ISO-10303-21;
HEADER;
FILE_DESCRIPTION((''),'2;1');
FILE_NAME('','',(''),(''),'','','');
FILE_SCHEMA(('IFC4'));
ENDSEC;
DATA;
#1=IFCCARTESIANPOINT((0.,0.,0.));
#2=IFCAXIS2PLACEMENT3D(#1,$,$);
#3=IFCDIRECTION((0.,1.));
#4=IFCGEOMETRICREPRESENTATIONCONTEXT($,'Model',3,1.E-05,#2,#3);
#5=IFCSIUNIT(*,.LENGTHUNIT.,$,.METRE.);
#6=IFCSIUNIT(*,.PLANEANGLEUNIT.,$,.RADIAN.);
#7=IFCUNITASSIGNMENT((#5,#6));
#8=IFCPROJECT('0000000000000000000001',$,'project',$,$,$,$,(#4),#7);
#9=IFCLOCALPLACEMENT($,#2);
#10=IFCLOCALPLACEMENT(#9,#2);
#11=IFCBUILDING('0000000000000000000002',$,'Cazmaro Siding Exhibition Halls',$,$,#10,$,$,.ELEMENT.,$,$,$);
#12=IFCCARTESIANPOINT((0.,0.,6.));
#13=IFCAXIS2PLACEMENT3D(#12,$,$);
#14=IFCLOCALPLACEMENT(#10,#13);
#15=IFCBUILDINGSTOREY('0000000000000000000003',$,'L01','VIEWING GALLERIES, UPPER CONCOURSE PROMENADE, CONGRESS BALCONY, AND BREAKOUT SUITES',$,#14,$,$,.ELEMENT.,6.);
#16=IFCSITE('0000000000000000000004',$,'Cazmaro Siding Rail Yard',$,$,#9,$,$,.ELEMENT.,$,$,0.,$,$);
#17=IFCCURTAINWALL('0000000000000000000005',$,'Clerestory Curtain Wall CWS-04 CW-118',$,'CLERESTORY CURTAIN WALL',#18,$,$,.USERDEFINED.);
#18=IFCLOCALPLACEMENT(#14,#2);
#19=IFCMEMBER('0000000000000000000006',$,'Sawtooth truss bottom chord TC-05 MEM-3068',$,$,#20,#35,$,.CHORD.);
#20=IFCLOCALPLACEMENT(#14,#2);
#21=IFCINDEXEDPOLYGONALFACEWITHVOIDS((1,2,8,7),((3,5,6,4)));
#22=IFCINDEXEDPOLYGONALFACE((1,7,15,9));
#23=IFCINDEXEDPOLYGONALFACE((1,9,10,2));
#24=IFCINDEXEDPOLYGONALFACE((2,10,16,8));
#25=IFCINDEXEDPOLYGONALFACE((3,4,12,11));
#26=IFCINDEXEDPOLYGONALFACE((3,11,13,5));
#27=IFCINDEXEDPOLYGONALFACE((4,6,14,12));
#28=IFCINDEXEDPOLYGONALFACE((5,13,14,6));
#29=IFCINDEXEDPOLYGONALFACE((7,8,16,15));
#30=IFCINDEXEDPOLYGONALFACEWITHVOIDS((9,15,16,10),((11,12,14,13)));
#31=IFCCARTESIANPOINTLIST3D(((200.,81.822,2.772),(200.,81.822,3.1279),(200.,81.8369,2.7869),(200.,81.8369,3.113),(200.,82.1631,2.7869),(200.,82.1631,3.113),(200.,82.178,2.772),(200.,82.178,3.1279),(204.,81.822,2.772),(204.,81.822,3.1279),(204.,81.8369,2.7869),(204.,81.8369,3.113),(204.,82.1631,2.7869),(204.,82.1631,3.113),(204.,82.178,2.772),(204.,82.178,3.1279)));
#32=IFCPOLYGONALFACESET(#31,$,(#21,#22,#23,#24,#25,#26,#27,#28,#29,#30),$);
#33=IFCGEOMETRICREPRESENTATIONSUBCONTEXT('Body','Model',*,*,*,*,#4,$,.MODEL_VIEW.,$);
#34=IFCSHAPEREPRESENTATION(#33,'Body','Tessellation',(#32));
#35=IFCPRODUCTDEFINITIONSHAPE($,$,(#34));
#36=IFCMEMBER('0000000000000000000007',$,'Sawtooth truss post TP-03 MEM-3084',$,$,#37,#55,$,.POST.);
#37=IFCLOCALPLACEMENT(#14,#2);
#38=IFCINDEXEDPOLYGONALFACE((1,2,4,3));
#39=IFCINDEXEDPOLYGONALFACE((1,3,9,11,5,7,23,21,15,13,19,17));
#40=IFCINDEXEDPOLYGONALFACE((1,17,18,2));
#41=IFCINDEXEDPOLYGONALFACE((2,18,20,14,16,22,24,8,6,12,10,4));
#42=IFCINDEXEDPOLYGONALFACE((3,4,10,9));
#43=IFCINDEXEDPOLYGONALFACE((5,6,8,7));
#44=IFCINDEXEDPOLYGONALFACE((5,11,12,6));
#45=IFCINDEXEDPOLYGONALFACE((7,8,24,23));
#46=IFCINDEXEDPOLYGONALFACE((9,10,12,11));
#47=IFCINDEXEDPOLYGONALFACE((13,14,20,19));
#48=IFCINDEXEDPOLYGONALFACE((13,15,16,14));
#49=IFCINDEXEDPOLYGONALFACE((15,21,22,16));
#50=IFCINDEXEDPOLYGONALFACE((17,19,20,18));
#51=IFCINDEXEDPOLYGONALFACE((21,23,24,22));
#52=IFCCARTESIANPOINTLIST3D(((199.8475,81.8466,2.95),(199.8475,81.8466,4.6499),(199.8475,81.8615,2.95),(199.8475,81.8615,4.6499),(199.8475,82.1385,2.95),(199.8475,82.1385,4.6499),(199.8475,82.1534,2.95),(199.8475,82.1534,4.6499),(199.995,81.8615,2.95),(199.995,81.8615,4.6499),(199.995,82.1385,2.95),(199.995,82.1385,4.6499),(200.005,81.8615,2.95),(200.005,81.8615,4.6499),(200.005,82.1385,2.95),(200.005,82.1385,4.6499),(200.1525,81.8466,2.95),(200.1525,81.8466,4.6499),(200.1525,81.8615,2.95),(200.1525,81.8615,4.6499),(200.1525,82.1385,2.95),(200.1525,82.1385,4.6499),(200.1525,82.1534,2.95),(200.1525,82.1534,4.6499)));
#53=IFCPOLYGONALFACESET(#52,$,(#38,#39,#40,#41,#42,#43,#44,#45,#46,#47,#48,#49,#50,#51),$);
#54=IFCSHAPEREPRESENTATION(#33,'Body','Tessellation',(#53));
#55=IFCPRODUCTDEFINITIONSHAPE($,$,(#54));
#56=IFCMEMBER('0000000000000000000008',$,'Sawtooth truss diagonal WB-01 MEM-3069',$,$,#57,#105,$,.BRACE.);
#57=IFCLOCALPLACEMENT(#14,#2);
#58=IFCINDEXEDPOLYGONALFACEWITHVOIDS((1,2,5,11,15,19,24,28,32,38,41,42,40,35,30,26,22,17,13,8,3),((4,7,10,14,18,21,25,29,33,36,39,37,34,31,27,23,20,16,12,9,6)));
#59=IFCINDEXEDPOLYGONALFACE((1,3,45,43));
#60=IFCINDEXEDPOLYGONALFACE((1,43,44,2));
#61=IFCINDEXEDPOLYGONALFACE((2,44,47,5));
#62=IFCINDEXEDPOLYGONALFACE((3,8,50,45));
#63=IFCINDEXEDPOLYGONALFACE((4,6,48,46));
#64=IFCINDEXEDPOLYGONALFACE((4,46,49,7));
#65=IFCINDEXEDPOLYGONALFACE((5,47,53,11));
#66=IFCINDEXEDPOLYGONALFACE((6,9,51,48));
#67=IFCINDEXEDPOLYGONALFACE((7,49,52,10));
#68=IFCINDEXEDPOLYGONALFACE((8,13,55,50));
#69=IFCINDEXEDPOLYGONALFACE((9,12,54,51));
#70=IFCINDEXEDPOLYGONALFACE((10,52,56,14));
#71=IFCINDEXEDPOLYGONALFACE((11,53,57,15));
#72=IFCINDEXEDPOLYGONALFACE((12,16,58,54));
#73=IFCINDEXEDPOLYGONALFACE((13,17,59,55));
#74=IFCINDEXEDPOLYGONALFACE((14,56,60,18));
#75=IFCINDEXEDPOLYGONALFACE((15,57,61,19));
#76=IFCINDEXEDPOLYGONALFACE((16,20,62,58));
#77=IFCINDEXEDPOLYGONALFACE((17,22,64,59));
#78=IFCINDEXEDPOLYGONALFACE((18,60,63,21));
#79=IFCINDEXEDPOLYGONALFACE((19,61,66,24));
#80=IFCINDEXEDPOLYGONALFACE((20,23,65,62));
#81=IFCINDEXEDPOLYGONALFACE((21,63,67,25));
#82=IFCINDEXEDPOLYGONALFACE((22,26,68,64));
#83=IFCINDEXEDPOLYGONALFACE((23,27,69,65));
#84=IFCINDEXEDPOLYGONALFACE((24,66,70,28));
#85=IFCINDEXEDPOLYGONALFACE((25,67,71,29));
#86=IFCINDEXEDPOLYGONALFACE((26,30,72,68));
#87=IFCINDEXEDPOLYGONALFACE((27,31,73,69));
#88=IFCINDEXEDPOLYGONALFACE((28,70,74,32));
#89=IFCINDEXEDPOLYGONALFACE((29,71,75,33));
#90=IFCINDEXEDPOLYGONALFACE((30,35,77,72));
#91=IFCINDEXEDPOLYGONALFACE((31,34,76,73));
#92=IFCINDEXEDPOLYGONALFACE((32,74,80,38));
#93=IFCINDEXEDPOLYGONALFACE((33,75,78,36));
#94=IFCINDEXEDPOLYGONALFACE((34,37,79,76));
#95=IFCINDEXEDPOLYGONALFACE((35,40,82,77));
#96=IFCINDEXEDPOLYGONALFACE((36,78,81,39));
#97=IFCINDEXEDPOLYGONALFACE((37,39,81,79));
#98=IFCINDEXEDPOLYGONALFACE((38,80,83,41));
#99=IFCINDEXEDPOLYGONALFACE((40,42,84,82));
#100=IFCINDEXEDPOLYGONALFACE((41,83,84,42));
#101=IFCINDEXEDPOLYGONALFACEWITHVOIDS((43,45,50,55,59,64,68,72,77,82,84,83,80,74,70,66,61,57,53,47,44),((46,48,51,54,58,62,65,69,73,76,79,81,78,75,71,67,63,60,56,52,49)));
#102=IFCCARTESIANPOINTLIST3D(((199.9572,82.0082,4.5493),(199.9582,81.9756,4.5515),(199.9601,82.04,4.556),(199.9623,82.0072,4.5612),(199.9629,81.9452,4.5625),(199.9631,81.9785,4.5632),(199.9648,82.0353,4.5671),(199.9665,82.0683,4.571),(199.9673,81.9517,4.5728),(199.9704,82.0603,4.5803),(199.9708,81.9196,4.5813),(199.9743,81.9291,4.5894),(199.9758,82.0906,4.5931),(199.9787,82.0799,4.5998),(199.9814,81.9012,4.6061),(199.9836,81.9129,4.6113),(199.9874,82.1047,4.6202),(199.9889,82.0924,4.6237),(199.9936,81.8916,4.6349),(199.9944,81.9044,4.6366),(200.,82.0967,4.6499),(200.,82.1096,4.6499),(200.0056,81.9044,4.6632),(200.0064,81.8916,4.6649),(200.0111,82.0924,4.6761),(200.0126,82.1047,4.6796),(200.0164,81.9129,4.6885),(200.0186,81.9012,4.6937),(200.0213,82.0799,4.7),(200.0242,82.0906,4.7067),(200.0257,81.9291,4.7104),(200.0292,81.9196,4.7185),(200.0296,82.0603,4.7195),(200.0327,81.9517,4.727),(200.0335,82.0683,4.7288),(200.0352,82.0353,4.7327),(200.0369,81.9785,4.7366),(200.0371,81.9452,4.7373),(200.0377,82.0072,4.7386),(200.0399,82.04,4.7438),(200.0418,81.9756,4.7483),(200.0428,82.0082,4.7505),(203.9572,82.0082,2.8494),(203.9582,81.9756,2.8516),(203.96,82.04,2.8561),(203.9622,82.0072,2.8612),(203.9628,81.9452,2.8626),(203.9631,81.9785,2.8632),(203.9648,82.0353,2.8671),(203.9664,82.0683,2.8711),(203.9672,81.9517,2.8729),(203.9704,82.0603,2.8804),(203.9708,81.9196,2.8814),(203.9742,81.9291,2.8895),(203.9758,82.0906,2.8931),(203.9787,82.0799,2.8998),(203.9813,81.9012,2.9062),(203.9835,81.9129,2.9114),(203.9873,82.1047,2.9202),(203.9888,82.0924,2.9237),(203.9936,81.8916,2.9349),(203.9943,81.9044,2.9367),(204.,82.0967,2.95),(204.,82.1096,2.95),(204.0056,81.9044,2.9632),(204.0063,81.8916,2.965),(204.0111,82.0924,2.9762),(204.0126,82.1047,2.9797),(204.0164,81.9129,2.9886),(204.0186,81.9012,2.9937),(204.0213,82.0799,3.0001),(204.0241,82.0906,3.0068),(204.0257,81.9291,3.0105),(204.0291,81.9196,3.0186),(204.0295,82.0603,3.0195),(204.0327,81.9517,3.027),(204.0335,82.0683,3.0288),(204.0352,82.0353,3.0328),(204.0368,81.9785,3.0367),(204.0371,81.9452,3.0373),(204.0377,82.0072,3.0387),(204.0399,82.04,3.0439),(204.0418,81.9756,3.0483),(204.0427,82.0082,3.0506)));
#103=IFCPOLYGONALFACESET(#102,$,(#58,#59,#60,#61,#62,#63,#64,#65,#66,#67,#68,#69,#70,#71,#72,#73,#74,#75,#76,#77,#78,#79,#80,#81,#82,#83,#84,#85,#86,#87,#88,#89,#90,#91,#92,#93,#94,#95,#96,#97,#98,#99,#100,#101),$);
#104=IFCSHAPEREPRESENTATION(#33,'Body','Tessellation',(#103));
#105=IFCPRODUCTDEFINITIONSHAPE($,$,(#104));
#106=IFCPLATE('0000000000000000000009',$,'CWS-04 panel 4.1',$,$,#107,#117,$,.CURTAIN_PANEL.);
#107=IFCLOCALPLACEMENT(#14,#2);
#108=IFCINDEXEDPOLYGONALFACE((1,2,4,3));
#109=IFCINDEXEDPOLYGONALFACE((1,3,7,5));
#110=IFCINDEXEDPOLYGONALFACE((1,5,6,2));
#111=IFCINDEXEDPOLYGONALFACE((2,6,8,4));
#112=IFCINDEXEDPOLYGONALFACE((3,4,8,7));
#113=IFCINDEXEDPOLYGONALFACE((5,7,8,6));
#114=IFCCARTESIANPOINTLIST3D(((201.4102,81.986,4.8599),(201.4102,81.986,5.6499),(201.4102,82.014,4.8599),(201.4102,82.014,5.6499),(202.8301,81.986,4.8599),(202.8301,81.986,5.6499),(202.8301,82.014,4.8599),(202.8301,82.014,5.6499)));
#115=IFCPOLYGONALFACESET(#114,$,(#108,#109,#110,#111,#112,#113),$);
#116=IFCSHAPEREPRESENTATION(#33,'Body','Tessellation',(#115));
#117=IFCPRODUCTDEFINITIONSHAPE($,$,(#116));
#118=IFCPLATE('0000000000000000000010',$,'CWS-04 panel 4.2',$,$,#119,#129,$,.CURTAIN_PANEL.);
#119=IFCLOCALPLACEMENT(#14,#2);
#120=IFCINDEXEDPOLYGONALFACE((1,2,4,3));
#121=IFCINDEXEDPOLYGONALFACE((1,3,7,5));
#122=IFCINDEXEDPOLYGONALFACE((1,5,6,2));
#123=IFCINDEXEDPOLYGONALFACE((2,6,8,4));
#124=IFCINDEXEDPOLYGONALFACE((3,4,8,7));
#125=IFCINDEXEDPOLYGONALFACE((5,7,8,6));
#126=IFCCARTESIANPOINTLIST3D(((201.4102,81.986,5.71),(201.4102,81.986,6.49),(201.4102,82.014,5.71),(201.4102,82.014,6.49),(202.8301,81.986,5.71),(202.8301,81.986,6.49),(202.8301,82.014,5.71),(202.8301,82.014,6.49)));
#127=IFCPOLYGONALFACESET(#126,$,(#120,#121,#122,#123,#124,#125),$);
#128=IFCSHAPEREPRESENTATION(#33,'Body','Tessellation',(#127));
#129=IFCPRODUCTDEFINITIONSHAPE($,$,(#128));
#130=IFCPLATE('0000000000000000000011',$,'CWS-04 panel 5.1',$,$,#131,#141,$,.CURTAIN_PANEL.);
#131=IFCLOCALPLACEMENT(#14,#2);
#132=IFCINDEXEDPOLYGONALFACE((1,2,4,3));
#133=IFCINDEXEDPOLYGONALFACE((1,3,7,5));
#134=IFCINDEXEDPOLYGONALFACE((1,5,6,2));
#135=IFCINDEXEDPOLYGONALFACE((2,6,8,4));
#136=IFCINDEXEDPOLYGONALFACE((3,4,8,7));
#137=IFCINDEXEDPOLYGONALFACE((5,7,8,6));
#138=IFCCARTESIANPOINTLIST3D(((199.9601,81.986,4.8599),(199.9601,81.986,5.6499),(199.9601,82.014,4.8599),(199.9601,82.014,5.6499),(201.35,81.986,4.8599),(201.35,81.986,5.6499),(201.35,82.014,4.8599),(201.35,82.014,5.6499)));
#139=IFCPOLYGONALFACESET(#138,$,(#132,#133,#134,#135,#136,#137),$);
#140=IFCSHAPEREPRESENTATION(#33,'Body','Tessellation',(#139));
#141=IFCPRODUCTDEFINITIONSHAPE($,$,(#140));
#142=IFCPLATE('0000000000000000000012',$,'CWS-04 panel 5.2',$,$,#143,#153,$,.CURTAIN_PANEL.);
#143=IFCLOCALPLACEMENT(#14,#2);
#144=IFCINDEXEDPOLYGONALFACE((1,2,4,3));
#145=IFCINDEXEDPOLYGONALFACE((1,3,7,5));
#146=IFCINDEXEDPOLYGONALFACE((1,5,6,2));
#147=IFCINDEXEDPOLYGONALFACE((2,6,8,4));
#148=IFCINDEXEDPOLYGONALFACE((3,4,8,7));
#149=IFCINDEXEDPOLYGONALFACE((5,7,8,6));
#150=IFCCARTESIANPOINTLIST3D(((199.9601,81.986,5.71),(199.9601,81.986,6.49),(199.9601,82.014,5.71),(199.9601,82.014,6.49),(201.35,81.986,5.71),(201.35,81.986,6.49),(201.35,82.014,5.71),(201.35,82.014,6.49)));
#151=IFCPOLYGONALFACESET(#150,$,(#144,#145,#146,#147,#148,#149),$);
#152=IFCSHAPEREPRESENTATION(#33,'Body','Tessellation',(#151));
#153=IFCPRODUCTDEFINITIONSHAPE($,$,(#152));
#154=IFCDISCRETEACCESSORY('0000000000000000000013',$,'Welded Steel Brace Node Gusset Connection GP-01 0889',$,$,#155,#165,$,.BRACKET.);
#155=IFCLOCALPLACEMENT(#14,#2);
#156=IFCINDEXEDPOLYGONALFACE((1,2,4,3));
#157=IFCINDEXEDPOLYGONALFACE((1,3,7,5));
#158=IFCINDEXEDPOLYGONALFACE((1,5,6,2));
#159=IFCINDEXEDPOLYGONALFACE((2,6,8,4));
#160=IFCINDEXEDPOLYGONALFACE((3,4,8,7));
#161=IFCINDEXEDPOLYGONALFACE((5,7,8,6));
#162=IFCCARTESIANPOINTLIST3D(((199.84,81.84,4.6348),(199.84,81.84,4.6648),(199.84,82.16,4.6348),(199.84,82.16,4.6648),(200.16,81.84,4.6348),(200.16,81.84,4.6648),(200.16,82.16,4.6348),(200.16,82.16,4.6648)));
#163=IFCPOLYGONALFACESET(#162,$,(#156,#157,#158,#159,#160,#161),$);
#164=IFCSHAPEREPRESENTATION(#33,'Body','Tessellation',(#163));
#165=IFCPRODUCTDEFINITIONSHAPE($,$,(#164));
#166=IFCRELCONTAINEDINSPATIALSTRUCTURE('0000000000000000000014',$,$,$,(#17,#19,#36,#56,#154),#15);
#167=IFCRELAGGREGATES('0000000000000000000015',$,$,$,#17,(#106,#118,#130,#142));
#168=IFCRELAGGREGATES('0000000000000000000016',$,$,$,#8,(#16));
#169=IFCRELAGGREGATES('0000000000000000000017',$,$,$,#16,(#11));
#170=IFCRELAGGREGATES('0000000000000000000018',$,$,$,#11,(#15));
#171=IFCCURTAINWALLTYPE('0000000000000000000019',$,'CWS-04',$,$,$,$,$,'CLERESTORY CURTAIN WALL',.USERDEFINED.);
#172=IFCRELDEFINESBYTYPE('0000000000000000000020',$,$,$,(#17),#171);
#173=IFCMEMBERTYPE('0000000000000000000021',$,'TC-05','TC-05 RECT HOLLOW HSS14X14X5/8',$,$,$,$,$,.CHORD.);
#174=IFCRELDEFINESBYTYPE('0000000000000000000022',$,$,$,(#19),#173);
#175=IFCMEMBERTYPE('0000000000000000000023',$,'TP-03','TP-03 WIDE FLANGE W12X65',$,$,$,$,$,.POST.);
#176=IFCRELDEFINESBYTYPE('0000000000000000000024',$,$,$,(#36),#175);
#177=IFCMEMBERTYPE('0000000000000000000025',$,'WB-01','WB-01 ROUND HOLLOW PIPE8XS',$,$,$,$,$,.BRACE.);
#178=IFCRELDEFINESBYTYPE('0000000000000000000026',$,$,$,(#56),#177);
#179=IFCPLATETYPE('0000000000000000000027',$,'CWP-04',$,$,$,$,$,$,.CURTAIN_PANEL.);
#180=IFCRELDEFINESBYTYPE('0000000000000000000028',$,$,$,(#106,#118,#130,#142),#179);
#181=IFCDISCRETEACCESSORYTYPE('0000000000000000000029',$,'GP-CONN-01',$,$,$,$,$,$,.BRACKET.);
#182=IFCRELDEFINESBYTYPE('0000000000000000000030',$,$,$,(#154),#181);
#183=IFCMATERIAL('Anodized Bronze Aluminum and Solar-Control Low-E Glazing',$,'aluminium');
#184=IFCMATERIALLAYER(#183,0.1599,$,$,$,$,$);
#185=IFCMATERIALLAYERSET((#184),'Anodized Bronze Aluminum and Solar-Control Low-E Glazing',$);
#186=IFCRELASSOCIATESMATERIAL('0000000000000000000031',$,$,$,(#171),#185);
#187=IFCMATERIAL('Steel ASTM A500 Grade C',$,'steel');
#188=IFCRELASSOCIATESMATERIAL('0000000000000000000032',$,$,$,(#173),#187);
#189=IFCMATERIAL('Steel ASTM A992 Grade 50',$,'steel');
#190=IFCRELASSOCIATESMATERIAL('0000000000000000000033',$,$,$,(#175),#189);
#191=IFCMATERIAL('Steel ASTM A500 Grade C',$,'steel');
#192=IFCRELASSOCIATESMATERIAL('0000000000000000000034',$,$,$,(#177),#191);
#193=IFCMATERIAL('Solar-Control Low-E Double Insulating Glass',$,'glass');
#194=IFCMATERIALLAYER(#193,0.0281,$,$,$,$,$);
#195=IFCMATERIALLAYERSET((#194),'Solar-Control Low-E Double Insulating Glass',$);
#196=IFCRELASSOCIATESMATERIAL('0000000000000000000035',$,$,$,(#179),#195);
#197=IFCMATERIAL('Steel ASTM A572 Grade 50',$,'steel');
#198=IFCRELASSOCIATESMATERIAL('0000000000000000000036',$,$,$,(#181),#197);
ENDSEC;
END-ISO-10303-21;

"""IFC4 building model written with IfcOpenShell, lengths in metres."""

from ifc_helpers import new_model, si_unit, direction, frame, origin, origin_2d, place, context, subcontext, project, spatial, rectangle, hollow_rectangle, hollow_circle, i_section, extrude, material, layer, layer_set, material_profile, profile_set, type_object, element, aggregate, save


model = new_model("IFC4")

# Units and contexts
model_context = context("Model", 3, precision=1e-05, world=origin(), true_north=direction((0.0, 1.0)))
body_context = subcontext(model_context, "Body", "Model", "MODEL_VIEW")
ifc_project = project(units=[si_unit("LENGTHUNIT", "METRE"), si_unit("PLANEANGLEUNIT", "RADIAN")], contexts=[model_context])

# Site, building, storey
site_placement = place(None, origin())
site = spatial("IfcSite", under=ifc_project, at=site_placement, Name="Cazmaro Siding Rail Yard", CompositionType="ELEMENT", RefElevation=0.0)
building_placement = place(site_placement, origin())
building = spatial("IfcBuilding", under=site, at=building_placement, Name="Cazmaro Siding Exhibition Halls", CompositionType="ELEMENT")
storey_placement = place(building_placement, frame((0.0, 0.0, 6.0)))
storey = spatial("IfcBuildingStorey", under=building, at=storey_placement, Name="L01", Description="VIEWING GALLERIES, UPPER CONCOURSE PROMENADE, CONGRESS BALCONY, AND BREAKOUT SUITES", CompositionType="ELEMENT", Elevation=6.0)

# Shared definitions
ifc_material_1 = material(Name="Anodized Bronze Aluminum and Solar-Control Low-E Glazing", Category="aluminium")
ifc_layer_1 = layer(ifc_material_1, 0.1599)
ifc_layer_set_1 = layer_set([ifc_layer_1], Name="Anodized Bronze Aluminum and Solar-Control Low-E Glazing")
curtain_wall_type = type_object("IfcCurtainWallType", Name="CWS-04", ElementType="CLERESTORY CURTAIN WALL", PredefinedType="USERDEFINED", material=ifc_layer_set_1)

# Curtain wall
curtain_wall_1_placement = place(storey_placement, origin())
curtain_wall_1 = element("IfcCurtainWall", 1, at=curtain_wall_1_placement, inside=storey, type_object=curtain_wall_type, Name="Clerestory Curtain Wall CWS-04 CW-118", ObjectType="CLERESTORY CURTAIN WALL", PredefinedType="USERDEFINED")

# Members
ifc_material_2 = material(Name="Steel ASTM A500 Grade C", Category="steel")
ifc_material_profile_1 = material_profile(ifc_material_2, hollow_rectangle(XDim=0.356, YDim=0.356, WallThickness=0.0149, at=origin_2d()), Name="HSS14X14X5/8")
ifc_profile_set_1 = profile_set([ifc_material_profile_1], Name="Steel ASTM A500 Grade C")
member_type_1 = type_object("IfcMemberType", Name="TC-05", Description="TC-05 RECT HOLLOW HSS14X14X5/8", PredefinedType="CHORD", material=ifc_profile_set_1)
member_1_placement = place(storey_placement, frame((200.0, 82.0, 2.95), z_axis=(1.0, 0.0, 0.0), x_axis=(0.0, 1.0, 0.0)))
element("IfcMember", 2, at=member_1_placement, inside=storey, type_object=member_type_1, Name="Sawtooth truss bottom chord TC-05 MEM-3068", PredefinedType="CHORD", context=body_context, shape_type="SweptSolid", body=[
    extrude(hollow_rectangle(XDim=0.356, YDim=0.356, WallThickness=0.0149, at=origin_2d()), origin(), (0.0, 0.0, 1.0), 4.0),
])
ifc_material_3 = material(Name="Steel ASTM A992 Grade 50", Category="steel")
ifc_material_profile_2 = material_profile(ifc_material_3, i_section(OverallWidth=0.3049, OverallDepth=0.3069, WebThickness=0.01, FlangeThickness=0.0149, at=origin_2d()), Name="W12X65")
ifc_profile_set_2 = profile_set([ifc_material_profile_2], Name="Steel ASTM A992 Grade 50")
member_type_2 = type_object("IfcMemberType", Name="TP-03", Description="TP-03 WIDE FLANGE W12X65", PredefinedType="POST", material=ifc_profile_set_2)
member_2_placement = place(storey_placement, frame((200.0, 82.0, 2.95), z_axis=(0.0, 0.0, 1.0), x_axis=(1.0, 0.0, 0.0)))
element("IfcMember", 3, at=member_2_placement, inside=storey, type_object=member_type_2, Name="Sawtooth truss post TP-03 MEM-3084", PredefinedType="POST", context=body_context, shape_type="SweptSolid", body=[
    extrude(i_section(OverallWidth=0.3049, OverallDepth=0.3069, WebThickness=0.01, FlangeThickness=0.0149, at=origin_2d()), origin(), (0.0, 0.0, 1.0), 1.7),
])
ifc_material_4 = material(Name="Steel ASTM A500 Grade C", Category="steel")
ifc_material_profile_3 = material_profile(ifc_material_4, hollow_circle(Radius=0.1096, WallThickness=0.0129, at=origin_2d()), Name="PIPE8XS")
ifc_profile_set_3 = profile_set([ifc_material_profile_3], Name="Steel ASTM A500 Grade C")
member_type_3 = type_object("IfcMemberType", Name="WB-01", Description="WB-01 ROUND HOLLOW PIPE8XS", PredefinedType="BRACE", material=ifc_profile_set_3)
member_3_placement = place(storey_placement, frame((200.0, 82.0, 4.6499), z_axis=(0.920335, 0.0, -0.391131), x_axis=(0.0, 1.0, 0.0)))
element("IfcMember", 4, at=member_3_placement, inside=storey, type_object=member_type_3, Name="Sawtooth truss diagonal WB-01 MEM-3069", PredefinedType="BRACE", context=body_context, shape_type="SweptSolid", body=[
    extrude(hollow_circle(Radius=0.1096, WallThickness=0.0129, at=origin_2d()), origin(), (0.0, 0.0, 1.0), 4.3462),
])

# Plates
ifc_material_5 = material(Name="Solar-Control Low-E Double Insulating Glass", Category="glass")
ifc_layer_2 = layer(ifc_material_5, 0.0281)
ifc_layer_set_2 = layer_set([ifc_layer_2], Name="Solar-Control Low-E Double Insulating Glass")
plate_type = type_object("IfcPlateType", Name="CWP-04", PredefinedType="CURTAIN_PANEL", material=ifc_layer_set_2)
plate_1_placement = place(storey_placement, frame((202.1201, 82.0, 4.8599), z_axis=(0.0, 0.0, 1.0), x_axis=(-1.0, 0.0, 0.0)))
plate_1 = element("IfcPlate", 5, at=plate_1_placement, type_object=plate_type, Name="CWS-04 panel 4.1", PredefinedType="CURTAIN_PANEL", context=body_context, shape_type="SweptSolid", body=[
    extrude(rectangle(XDim=1.4199, YDim=0.0281, at=origin_2d()), origin(), (0.0, 0.0, 1.0), 0.79),
])
plate_2_placement = place(storey_placement, frame((202.1201, 82.0, 5.71), z_axis=(0.0, 0.0, 1.0), x_axis=(-1.0, 0.0, 0.0)))
plate_2 = element("IfcPlate", 6, at=plate_2_placement, type_object=plate_type, Name="CWS-04 panel 4.2", PredefinedType="CURTAIN_PANEL", context=body_context, shape_type="SweptSolid", body=[
    extrude(rectangle(XDim=1.4199, YDim=0.0281, at=origin_2d()), origin(), (0.0, 0.0, 1.0), 0.78),
])
plate_3_placement = place(storey_placement, frame((200.655, 82.0, 4.8599), z_axis=(0.0, 0.0, 1.0), x_axis=(-1.0, 0.0, 0.0)))
plate_3 = element("IfcPlate", 7, at=plate_3_placement, type_object=plate_type, Name="CWS-04 panel 5.1", PredefinedType="CURTAIN_PANEL", context=body_context, shape_type="SweptSolid", body=[
    extrude(rectangle(XDim=1.3899, YDim=0.0281, at=origin_2d()), origin(), (0.0, 0.0, 1.0), 0.79),
])
plate_4_placement = place(storey_placement, frame((200.655, 82.0, 5.71), z_axis=(0.0, 0.0, 1.0), x_axis=(-1.0, 0.0, 0.0)))
plate_4 = element("IfcPlate", 8, at=plate_4_placement, type_object=plate_type, Name="CWS-04 panel 5.2", PredefinedType="CURTAIN_PANEL", context=body_context, shape_type="SweptSolid", body=[
    extrude(rectangle(XDim=1.3899, YDim=0.0281, at=origin_2d()), origin(), (0.0, 0.0, 1.0), 0.78),
])
aggregate(curtain_wall_1, [plate_1, plate_2, plate_3, plate_4])

# Discrete accessory
ifc_material_6 = material(Name="Steel ASTM A572 Grade 50", Category="steel")
discrete_accessory_type = type_object("IfcDiscreteAccessoryType", Name="GP-CONN-01", PredefinedType="BRACKET", material=ifc_material_6)
discrete_accessory_placement = place(storey_placement, frame((200.0, 82.0, 4.6348), z_axis=(0.0, 0.0, 1.0), x_axis=(1.0, 0.0, 0.0)))
element("IfcDiscreteAccessory", 9, at=discrete_accessory_placement, inside=storey, type_object=discrete_accessory_type, Name="Welded Steel Brace Node Gusset Connection GP-01 0889", PredefinedType="BRACKET", context=body_context, shape_type="SweptSolid", body=[
    extrude(rectangle(XDim=0.3201, YDim=0.3201, at=origin_2d()), origin(), (0.0, 0.0, 1.0), 0.03),
])

save(model, "model.ifc")
